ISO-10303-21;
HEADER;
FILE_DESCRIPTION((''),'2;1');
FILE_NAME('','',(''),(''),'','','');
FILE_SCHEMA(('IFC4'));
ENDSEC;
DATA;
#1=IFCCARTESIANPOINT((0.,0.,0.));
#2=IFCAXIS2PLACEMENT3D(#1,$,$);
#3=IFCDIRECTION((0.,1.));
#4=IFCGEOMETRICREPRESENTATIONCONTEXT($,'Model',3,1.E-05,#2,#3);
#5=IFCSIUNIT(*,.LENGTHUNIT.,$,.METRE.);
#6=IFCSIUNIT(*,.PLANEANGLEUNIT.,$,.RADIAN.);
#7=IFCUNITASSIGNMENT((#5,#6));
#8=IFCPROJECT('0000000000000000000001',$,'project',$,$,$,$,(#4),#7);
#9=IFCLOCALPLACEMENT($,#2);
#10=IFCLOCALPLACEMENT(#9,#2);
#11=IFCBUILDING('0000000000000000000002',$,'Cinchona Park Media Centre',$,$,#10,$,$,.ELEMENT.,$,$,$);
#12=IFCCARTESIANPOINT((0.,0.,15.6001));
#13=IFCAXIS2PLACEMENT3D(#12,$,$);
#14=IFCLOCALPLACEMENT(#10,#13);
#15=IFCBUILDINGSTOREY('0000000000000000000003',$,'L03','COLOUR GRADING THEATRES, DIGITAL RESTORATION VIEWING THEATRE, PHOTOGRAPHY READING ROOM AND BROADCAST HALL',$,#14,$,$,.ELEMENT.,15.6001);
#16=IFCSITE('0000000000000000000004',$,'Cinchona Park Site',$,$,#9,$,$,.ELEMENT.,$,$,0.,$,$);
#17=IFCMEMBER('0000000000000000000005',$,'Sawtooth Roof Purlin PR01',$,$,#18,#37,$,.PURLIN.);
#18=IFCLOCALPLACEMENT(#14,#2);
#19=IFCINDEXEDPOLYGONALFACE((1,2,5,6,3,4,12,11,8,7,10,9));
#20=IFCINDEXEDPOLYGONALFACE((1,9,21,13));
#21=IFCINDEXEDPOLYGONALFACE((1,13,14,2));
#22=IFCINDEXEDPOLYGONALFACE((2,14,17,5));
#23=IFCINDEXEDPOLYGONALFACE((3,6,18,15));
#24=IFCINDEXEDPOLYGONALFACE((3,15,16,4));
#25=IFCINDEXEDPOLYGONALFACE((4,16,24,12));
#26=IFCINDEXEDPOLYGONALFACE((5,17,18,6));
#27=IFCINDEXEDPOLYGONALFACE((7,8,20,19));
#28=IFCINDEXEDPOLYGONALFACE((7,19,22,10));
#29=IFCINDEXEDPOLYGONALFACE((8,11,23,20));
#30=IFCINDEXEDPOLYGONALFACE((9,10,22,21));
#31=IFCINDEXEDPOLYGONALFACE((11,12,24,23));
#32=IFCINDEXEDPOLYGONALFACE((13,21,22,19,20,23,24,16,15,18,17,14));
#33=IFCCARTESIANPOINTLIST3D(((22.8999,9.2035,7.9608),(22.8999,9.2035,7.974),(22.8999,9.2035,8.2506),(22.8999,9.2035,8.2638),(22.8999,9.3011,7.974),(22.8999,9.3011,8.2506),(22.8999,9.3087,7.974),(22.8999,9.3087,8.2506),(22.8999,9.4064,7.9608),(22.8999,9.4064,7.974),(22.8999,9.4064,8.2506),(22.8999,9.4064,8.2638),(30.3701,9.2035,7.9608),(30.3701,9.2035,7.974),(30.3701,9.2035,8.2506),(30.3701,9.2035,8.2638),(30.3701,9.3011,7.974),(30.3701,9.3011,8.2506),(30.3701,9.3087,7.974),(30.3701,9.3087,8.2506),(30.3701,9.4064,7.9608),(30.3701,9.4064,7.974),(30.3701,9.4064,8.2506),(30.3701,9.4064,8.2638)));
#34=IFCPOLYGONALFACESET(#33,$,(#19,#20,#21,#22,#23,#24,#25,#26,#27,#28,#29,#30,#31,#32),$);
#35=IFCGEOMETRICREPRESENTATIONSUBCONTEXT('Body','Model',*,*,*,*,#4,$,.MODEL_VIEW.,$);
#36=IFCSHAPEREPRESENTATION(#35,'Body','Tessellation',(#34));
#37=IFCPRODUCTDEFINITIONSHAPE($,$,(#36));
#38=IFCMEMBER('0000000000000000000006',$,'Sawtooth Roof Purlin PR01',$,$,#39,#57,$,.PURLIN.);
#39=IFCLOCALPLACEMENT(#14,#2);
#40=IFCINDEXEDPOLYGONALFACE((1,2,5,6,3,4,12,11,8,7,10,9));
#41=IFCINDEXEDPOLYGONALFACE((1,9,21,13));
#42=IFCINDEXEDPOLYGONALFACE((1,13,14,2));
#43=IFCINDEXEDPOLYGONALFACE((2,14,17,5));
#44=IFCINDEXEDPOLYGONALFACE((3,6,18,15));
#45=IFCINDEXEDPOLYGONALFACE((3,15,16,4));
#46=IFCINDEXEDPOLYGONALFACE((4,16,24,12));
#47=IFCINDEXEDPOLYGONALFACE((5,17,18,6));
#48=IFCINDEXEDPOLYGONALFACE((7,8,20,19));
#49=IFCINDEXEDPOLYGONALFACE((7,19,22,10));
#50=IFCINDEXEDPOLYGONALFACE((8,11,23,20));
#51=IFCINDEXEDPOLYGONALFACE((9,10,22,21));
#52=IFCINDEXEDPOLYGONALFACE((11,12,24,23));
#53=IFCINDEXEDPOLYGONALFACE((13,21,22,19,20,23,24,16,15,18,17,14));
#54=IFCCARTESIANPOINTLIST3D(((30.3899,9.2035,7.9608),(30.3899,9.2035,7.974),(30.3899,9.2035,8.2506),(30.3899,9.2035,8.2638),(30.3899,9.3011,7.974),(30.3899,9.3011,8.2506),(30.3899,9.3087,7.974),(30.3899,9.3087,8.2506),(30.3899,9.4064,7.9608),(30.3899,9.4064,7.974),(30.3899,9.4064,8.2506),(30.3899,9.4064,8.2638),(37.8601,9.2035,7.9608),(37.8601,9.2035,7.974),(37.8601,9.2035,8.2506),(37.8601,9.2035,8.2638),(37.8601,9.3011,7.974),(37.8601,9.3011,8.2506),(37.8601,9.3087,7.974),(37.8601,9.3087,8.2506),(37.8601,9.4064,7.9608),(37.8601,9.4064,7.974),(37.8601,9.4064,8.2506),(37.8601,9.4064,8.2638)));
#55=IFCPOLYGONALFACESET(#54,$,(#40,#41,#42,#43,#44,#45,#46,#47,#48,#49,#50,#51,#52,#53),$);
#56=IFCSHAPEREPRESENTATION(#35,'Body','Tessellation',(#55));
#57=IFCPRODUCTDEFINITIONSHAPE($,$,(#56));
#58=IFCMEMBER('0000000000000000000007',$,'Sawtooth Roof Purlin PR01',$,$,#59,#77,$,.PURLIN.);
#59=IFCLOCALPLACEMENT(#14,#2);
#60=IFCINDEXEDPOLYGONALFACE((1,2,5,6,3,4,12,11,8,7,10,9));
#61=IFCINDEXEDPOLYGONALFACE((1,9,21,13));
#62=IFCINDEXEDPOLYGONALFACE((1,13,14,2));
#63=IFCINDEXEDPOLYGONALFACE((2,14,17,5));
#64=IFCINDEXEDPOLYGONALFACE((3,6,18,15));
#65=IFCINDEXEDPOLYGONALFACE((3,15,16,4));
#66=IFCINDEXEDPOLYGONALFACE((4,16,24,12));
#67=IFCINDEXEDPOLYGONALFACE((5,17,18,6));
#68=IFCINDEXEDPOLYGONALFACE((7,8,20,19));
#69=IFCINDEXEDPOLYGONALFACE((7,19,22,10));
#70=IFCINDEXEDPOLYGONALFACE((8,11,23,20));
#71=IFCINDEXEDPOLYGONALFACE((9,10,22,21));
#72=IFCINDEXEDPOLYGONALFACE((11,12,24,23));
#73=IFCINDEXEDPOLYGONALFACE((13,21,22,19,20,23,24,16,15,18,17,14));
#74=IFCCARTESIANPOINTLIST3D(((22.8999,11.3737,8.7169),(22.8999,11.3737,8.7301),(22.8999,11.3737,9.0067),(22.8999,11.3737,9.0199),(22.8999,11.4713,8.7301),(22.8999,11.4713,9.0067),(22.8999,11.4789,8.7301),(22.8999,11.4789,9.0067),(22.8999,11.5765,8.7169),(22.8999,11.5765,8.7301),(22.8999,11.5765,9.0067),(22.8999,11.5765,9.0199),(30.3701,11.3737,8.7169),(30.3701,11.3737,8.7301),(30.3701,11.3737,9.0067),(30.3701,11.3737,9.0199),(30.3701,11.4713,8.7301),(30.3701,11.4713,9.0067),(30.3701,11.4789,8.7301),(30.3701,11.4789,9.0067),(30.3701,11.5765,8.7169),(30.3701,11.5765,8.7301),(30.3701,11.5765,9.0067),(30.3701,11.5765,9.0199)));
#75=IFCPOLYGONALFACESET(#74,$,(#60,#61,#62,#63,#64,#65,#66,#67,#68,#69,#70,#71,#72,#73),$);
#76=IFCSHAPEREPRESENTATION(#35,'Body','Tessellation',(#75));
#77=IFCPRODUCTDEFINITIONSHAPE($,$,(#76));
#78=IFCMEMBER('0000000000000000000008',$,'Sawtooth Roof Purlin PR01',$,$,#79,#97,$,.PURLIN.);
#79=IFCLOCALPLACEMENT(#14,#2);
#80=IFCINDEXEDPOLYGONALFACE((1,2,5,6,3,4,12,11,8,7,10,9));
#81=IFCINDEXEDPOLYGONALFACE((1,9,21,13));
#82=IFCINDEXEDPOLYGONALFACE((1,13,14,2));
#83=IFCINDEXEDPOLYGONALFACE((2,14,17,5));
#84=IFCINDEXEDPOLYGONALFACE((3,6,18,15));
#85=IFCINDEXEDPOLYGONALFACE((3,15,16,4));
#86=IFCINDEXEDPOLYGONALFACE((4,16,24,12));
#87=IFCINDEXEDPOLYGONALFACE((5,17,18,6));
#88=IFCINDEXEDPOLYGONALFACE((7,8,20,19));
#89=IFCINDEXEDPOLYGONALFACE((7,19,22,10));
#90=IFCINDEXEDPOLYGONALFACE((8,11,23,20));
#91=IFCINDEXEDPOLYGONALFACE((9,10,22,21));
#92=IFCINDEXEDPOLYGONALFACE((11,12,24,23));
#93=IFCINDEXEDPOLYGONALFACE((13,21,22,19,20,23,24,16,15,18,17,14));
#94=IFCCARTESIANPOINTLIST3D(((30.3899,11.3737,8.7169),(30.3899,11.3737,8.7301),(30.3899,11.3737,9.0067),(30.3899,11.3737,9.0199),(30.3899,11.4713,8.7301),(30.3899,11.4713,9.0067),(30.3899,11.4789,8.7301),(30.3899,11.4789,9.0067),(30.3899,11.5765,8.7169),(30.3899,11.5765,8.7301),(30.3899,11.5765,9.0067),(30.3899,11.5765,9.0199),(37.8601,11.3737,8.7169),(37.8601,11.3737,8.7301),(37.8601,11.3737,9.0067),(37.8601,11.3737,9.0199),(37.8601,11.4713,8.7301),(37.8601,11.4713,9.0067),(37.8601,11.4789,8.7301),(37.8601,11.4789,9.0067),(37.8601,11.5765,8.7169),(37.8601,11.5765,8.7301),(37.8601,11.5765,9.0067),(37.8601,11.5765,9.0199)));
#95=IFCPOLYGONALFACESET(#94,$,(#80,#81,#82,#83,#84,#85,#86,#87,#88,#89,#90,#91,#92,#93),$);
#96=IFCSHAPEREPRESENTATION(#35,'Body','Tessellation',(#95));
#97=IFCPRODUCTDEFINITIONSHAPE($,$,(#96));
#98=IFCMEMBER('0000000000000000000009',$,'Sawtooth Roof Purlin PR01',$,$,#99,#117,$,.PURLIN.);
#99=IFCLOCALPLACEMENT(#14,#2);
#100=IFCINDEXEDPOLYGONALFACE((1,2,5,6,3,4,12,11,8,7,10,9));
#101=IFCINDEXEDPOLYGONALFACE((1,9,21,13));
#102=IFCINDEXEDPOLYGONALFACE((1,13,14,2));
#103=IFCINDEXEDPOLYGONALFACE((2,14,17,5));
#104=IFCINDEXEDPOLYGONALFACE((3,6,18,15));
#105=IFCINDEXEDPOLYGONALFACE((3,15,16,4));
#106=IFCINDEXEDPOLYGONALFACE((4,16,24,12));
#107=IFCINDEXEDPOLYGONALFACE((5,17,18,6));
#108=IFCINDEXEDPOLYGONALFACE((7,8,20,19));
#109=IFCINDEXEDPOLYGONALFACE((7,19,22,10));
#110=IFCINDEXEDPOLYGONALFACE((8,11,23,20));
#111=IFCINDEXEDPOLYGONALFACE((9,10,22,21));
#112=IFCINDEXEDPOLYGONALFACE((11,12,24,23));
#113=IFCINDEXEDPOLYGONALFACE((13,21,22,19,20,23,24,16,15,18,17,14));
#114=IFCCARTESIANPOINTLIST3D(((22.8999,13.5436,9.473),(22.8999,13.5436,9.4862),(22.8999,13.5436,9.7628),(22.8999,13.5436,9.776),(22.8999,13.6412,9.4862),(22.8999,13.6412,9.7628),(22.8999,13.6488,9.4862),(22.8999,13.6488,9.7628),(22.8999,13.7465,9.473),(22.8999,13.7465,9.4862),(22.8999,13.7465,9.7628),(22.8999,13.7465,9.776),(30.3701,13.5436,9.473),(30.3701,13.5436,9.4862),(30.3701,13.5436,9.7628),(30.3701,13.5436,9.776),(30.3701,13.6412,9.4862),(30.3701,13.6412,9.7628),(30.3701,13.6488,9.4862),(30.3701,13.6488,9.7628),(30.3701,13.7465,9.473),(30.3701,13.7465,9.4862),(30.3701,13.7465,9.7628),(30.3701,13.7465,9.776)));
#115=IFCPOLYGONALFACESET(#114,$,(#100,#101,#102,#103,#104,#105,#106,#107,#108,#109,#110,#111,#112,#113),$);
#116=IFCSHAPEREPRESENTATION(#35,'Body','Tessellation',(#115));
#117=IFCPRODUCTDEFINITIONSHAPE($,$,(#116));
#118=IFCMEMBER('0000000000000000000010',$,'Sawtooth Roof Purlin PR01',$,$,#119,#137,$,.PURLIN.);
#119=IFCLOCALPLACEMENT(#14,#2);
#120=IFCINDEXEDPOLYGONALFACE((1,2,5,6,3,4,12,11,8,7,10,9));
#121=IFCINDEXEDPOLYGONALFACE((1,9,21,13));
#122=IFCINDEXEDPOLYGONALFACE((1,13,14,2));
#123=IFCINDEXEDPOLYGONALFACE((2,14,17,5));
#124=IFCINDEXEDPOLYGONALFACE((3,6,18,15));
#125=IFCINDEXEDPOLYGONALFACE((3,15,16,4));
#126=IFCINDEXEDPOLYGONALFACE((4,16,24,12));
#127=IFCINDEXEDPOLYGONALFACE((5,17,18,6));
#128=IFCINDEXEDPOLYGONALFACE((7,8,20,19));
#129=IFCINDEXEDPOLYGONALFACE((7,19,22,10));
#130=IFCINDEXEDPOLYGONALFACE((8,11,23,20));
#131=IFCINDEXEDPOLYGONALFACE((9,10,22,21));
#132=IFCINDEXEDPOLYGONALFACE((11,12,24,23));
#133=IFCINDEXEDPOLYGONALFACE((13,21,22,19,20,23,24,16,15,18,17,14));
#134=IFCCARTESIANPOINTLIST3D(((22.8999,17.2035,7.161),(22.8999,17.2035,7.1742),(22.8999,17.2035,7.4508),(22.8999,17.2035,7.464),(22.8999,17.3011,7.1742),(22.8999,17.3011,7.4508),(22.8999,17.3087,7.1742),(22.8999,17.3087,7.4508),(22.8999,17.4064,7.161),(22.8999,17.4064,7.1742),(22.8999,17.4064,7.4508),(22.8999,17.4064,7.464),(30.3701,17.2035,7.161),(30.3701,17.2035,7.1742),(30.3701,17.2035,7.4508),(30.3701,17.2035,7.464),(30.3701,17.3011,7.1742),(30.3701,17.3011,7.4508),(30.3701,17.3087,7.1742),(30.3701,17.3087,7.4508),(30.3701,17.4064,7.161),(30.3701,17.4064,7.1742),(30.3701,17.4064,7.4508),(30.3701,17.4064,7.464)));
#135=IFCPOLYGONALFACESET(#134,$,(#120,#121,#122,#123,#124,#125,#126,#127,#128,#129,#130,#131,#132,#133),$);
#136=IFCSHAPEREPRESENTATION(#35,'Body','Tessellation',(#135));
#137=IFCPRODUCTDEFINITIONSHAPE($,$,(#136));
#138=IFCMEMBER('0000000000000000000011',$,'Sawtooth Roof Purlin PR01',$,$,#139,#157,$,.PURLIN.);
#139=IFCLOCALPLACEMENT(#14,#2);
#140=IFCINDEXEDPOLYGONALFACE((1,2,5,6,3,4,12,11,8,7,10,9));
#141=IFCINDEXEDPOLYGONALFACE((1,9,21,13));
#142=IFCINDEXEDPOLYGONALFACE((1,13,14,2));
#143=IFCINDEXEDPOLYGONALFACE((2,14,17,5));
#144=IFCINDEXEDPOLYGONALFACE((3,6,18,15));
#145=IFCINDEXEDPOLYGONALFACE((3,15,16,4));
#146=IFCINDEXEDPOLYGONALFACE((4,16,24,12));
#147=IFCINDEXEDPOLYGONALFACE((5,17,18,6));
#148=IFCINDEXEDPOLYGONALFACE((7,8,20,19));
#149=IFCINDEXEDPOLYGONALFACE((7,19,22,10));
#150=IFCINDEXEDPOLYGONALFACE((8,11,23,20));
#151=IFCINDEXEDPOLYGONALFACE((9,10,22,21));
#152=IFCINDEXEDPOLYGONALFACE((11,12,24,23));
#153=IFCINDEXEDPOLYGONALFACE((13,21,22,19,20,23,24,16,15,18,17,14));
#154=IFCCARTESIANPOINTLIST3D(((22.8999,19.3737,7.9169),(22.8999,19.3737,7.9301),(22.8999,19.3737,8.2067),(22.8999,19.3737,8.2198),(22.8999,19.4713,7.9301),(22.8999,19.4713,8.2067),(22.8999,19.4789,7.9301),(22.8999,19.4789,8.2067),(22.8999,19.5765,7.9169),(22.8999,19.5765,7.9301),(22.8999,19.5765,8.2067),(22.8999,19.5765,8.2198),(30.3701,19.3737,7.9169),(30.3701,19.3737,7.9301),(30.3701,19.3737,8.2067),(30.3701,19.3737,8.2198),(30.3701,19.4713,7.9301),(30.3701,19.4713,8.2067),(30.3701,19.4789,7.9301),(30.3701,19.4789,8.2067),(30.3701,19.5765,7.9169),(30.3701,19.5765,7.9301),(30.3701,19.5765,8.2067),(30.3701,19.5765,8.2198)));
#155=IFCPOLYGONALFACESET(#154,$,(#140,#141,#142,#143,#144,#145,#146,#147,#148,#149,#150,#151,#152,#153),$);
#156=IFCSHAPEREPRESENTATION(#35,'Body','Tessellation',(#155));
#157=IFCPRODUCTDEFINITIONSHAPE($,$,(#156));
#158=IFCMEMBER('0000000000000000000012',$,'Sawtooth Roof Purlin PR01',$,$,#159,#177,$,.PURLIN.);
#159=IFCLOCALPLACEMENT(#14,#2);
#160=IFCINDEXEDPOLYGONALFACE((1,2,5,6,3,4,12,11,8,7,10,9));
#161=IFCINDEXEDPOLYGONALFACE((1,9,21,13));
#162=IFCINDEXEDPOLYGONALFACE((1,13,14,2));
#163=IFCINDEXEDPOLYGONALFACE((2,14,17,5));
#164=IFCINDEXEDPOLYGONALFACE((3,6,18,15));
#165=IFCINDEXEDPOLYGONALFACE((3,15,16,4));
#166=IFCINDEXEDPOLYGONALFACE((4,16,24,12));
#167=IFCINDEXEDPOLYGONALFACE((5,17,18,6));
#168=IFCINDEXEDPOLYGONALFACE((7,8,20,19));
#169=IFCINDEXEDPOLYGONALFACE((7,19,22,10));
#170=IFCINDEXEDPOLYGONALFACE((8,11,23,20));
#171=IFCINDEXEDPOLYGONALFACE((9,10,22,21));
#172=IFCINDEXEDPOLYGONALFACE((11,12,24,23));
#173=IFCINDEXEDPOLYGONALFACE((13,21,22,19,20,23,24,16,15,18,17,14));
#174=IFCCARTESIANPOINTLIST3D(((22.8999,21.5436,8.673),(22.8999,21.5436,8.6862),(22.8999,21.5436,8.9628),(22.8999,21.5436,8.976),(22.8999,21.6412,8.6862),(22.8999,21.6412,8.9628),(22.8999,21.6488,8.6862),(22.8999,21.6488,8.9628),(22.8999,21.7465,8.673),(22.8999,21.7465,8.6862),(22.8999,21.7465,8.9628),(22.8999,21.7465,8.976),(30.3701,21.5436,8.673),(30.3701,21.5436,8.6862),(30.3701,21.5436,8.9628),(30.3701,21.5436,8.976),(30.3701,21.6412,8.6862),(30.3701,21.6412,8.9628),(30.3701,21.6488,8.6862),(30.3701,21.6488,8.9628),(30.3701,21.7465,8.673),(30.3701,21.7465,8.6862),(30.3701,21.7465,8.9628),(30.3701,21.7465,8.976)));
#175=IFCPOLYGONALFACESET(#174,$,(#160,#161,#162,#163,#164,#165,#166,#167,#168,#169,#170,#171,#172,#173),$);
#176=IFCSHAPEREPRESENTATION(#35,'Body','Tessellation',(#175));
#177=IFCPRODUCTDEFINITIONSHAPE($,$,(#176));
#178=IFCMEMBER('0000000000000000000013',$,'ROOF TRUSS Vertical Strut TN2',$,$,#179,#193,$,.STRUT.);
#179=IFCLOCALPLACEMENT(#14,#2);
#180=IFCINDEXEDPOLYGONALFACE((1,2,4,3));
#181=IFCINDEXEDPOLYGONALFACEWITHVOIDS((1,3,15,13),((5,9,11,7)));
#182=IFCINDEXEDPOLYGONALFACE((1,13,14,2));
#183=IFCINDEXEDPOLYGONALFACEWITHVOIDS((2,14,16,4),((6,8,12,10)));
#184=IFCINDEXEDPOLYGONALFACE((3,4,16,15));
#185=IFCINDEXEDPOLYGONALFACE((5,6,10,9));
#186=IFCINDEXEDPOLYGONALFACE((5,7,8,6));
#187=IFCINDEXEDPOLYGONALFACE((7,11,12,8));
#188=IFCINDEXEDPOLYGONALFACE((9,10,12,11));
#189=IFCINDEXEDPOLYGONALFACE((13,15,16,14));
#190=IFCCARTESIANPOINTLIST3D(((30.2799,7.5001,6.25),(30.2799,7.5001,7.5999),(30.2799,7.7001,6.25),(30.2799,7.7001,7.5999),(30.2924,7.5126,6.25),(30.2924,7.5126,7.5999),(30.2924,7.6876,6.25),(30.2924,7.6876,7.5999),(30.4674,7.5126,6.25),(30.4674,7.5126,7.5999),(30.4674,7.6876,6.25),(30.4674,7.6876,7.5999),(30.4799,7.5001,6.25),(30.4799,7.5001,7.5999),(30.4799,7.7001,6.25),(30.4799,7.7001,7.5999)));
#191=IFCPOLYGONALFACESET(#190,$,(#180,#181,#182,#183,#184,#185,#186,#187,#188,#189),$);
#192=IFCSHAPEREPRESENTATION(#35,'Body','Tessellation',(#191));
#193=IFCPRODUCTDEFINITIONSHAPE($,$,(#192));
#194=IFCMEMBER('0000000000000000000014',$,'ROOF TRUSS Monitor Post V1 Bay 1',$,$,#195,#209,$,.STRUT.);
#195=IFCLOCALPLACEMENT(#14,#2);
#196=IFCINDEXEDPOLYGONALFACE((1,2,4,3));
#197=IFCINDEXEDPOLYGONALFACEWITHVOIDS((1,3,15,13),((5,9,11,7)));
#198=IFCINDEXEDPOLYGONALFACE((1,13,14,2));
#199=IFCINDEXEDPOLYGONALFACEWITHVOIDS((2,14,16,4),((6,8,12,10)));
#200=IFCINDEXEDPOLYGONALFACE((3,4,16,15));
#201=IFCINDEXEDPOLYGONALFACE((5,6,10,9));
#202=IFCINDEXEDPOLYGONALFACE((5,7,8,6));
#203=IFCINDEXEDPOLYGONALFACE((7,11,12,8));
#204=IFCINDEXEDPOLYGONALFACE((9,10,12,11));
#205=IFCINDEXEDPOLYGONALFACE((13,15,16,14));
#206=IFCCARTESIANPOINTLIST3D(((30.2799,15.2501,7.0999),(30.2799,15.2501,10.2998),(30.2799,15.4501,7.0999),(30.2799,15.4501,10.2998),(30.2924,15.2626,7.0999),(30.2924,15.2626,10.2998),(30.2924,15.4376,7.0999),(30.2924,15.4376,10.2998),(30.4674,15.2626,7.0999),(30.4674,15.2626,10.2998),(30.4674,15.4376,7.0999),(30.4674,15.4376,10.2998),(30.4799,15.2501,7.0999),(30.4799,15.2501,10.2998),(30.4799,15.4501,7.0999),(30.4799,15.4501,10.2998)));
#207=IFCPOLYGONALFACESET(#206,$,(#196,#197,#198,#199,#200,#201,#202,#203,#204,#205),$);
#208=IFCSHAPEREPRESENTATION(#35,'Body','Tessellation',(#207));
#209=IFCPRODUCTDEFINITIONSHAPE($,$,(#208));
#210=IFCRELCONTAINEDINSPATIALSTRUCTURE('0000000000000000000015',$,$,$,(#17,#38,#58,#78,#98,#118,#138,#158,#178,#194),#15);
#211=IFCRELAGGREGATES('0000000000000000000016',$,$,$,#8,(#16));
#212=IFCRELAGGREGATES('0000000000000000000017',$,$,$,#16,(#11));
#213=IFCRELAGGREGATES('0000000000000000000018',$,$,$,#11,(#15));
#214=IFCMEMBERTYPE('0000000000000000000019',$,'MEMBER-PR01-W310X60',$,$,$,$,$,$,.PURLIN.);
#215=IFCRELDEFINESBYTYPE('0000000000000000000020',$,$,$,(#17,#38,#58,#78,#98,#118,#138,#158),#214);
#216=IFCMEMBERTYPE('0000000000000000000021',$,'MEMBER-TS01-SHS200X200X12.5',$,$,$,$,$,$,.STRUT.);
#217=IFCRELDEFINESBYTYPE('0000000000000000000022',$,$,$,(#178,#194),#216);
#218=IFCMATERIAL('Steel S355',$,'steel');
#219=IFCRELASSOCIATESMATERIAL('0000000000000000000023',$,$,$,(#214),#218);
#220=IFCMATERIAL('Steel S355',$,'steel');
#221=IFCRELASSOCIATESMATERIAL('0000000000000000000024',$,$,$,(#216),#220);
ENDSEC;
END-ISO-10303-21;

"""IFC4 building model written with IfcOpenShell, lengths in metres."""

from ifc_helpers import new_model, si_unit, direction, frame, origin, origin_2d, place, context, subcontext, project, spatial, hollow_rectangle, i_section, extrude, material, material_profile, profile_set, type_object, element, save


model = new_model("IFC4")

# Units and contexts
model_context = context("Model", 3, precision=1e-05, world=origin(), true_north=direction((0.0, 1.0)))
body_context = subcontext(model_context, "Body", "Model", "MODEL_VIEW")
ifc_project = project(units=[si_unit("LENGTHUNIT", "METRE"), si_unit("PLANEANGLEUNIT", "RADIAN")], contexts=[model_context])

# Site, building, storey
site_placement = place(None, origin())
site = spatial("IfcSite", under=ifc_project, at=site_placement, Name="Cinchona Park Site", CompositionType="ELEMENT", RefElevation=0.0)
building_placement = place(site_placement, origin())
building = spatial("IfcBuilding", under=site, at=building_placement, Name="Cinchona Park Media Centre", CompositionType="ELEMENT")
storey_placement = place(building_placement, frame((0.0, 0.0, 15.6001)))
storey = spatial("IfcBuildingStorey", under=building, at=storey_placement, Name="L03", Description="COLOUR GRADING THEATRES, DIGITAL RESTORATION VIEWING THEATRE, PHOTOGRAPHY READING ROOM AND BROADCAST HALL", CompositionType="ELEMENT", Elevation=15.6001)

# Members
ifc_material_1 = material(Name="Steel S355", Category="steel")
ifc_material_profile_1 = material_profile(ifc_material_1, i_section(OverallWidth=0.2029, OverallDepth=0.303, WebThickness=0.0076, FlangeThickness=0.0132, at=origin_2d()), Name="W310X60")
ifc_profile_set_1 = profile_set([ifc_material_profile_1], Name="Steel S355")
member_type_1 = type_object("IfcMemberType", Name="MEMBER-PR01-W310X60", PredefinedType="PURLIN", material=ifc_profile_set_1)
for number, where, z_axis, x_axis, name in (
    (1, (22.8999, 9.3049, 8.1123), (1.0, 0.0, 0.0), (0.0, 1.0, 0.0), "Sawtooth Roof Purlin PR01"),
    (2, (30.3899, 9.3049, 8.1123), (1.0, 0.0, 0.0), (0.0, 1.0, 0.0), "Sawtooth Roof Purlin PR01"),
    (3, (22.8999, 11.4751, 8.8684), (1.0, 0.0, 0.0), (0.0, 1.0, 0.0), "Sawtooth Roof Purlin PR01"),
    (4, (30.3899, 11.4751, 8.8684), (1.0, 0.0, 0.0), (0.0, 1.0, 0.0), "Sawtooth Roof Purlin PR01"),
    (5, (22.8999, 13.645, 9.6245), (1.0, 0.0, 0.0), (0.0, 1.0, 0.0), "Sawtooth Roof Purlin PR01"),
    (6, (22.8999, 17.3049, 7.3125), (1.0, 0.0, 0.0), (0.0, 1.0, 0.0), "Sawtooth Roof Purlin PR01"),
    (7, (22.8999, 19.4751, 8.0684), (1.0, 0.0, 0.0), (0.0, 1.0, 0.0), "Sawtooth Roof Purlin PR01"),
    (8, (22.8999, 21.645, 8.8245), (1.0, 0.0, 0.0), (0.0, 1.0, 0.0), "Sawtooth Roof Purlin PR01"),
):
    element("IfcMember", number, at=place(storey_placement, frame(where, z_axis=z_axis, x_axis=x_axis)), inside=storey, type_object=member_type_1, Name=name, PredefinedType="PURLIN", context=body_context, shape_type="SweptSolid", body=[
        extrude(i_section(OverallWidth=0.2029, OverallDepth=0.303, WebThickness=0.0076, FlangeThickness=0.0132, at=origin_2d()), origin(), (0.0, 0.0, 1.0), 7.4702),
    ])
ifc_material_2 = material(Name="Steel S355", Category="steel")
ifc_material_profile_2 = material_profile(ifc_material_2, hollow_rectangle(XDim=0.2, YDim=0.2, WallThickness=0.0125, at=origin_2d()), Name="200X200X12.5SHS")
ifc_profile_set_2 = profile_set([ifc_material_profile_2], Name="Steel S355")
member_type_2 = type_object("IfcMemberType", Name="MEMBER-TS01-SHS200X200X12.5", PredefinedType="STRUT", material=ifc_profile_set_2)
member_1_placement = place(storey_placement, frame((30.3799, 7.6001, 6.25), z_axis=(0.0, 0.0, 1.0), x_axis=(1.0, 0.0, 0.0)))
element("IfcMember", 9, at=member_1_placement, inside=storey, type_object=member_type_2, Name="ROOF TRUSS Vertical Strut TN2", PredefinedType="STRUT", context=body_context, shape_type="SweptSolid", body=[
    extrude(hollow_rectangle(XDim=0.2, YDim=0.2, WallThickness=0.0125, at=origin_2d()), origin(), (0.0, 0.0, 1.0), 1.3499),
])
member_2_placement = place(storey_placement, frame((30.3799, 15.3501, 7.0999), z_axis=(0.0, 0.0, 1.0), x_axis=(1.0, 0.0, 0.0)))
element("IfcMember", 10, at=member_2_placement, inside=storey, type_object=member_type_2, Name="ROOF TRUSS Monitor Post V1 Bay 1", PredefinedType="STRUT", context=body_context, shape_type="SweptSolid", body=[
    extrude(hollow_rectangle(XDim=0.2, YDim=0.2, WallThickness=0.0125, at=origin_2d()), origin(), (0.0, 0.0, 1.0), 3.2),
])

save(model, "model.ifc")
